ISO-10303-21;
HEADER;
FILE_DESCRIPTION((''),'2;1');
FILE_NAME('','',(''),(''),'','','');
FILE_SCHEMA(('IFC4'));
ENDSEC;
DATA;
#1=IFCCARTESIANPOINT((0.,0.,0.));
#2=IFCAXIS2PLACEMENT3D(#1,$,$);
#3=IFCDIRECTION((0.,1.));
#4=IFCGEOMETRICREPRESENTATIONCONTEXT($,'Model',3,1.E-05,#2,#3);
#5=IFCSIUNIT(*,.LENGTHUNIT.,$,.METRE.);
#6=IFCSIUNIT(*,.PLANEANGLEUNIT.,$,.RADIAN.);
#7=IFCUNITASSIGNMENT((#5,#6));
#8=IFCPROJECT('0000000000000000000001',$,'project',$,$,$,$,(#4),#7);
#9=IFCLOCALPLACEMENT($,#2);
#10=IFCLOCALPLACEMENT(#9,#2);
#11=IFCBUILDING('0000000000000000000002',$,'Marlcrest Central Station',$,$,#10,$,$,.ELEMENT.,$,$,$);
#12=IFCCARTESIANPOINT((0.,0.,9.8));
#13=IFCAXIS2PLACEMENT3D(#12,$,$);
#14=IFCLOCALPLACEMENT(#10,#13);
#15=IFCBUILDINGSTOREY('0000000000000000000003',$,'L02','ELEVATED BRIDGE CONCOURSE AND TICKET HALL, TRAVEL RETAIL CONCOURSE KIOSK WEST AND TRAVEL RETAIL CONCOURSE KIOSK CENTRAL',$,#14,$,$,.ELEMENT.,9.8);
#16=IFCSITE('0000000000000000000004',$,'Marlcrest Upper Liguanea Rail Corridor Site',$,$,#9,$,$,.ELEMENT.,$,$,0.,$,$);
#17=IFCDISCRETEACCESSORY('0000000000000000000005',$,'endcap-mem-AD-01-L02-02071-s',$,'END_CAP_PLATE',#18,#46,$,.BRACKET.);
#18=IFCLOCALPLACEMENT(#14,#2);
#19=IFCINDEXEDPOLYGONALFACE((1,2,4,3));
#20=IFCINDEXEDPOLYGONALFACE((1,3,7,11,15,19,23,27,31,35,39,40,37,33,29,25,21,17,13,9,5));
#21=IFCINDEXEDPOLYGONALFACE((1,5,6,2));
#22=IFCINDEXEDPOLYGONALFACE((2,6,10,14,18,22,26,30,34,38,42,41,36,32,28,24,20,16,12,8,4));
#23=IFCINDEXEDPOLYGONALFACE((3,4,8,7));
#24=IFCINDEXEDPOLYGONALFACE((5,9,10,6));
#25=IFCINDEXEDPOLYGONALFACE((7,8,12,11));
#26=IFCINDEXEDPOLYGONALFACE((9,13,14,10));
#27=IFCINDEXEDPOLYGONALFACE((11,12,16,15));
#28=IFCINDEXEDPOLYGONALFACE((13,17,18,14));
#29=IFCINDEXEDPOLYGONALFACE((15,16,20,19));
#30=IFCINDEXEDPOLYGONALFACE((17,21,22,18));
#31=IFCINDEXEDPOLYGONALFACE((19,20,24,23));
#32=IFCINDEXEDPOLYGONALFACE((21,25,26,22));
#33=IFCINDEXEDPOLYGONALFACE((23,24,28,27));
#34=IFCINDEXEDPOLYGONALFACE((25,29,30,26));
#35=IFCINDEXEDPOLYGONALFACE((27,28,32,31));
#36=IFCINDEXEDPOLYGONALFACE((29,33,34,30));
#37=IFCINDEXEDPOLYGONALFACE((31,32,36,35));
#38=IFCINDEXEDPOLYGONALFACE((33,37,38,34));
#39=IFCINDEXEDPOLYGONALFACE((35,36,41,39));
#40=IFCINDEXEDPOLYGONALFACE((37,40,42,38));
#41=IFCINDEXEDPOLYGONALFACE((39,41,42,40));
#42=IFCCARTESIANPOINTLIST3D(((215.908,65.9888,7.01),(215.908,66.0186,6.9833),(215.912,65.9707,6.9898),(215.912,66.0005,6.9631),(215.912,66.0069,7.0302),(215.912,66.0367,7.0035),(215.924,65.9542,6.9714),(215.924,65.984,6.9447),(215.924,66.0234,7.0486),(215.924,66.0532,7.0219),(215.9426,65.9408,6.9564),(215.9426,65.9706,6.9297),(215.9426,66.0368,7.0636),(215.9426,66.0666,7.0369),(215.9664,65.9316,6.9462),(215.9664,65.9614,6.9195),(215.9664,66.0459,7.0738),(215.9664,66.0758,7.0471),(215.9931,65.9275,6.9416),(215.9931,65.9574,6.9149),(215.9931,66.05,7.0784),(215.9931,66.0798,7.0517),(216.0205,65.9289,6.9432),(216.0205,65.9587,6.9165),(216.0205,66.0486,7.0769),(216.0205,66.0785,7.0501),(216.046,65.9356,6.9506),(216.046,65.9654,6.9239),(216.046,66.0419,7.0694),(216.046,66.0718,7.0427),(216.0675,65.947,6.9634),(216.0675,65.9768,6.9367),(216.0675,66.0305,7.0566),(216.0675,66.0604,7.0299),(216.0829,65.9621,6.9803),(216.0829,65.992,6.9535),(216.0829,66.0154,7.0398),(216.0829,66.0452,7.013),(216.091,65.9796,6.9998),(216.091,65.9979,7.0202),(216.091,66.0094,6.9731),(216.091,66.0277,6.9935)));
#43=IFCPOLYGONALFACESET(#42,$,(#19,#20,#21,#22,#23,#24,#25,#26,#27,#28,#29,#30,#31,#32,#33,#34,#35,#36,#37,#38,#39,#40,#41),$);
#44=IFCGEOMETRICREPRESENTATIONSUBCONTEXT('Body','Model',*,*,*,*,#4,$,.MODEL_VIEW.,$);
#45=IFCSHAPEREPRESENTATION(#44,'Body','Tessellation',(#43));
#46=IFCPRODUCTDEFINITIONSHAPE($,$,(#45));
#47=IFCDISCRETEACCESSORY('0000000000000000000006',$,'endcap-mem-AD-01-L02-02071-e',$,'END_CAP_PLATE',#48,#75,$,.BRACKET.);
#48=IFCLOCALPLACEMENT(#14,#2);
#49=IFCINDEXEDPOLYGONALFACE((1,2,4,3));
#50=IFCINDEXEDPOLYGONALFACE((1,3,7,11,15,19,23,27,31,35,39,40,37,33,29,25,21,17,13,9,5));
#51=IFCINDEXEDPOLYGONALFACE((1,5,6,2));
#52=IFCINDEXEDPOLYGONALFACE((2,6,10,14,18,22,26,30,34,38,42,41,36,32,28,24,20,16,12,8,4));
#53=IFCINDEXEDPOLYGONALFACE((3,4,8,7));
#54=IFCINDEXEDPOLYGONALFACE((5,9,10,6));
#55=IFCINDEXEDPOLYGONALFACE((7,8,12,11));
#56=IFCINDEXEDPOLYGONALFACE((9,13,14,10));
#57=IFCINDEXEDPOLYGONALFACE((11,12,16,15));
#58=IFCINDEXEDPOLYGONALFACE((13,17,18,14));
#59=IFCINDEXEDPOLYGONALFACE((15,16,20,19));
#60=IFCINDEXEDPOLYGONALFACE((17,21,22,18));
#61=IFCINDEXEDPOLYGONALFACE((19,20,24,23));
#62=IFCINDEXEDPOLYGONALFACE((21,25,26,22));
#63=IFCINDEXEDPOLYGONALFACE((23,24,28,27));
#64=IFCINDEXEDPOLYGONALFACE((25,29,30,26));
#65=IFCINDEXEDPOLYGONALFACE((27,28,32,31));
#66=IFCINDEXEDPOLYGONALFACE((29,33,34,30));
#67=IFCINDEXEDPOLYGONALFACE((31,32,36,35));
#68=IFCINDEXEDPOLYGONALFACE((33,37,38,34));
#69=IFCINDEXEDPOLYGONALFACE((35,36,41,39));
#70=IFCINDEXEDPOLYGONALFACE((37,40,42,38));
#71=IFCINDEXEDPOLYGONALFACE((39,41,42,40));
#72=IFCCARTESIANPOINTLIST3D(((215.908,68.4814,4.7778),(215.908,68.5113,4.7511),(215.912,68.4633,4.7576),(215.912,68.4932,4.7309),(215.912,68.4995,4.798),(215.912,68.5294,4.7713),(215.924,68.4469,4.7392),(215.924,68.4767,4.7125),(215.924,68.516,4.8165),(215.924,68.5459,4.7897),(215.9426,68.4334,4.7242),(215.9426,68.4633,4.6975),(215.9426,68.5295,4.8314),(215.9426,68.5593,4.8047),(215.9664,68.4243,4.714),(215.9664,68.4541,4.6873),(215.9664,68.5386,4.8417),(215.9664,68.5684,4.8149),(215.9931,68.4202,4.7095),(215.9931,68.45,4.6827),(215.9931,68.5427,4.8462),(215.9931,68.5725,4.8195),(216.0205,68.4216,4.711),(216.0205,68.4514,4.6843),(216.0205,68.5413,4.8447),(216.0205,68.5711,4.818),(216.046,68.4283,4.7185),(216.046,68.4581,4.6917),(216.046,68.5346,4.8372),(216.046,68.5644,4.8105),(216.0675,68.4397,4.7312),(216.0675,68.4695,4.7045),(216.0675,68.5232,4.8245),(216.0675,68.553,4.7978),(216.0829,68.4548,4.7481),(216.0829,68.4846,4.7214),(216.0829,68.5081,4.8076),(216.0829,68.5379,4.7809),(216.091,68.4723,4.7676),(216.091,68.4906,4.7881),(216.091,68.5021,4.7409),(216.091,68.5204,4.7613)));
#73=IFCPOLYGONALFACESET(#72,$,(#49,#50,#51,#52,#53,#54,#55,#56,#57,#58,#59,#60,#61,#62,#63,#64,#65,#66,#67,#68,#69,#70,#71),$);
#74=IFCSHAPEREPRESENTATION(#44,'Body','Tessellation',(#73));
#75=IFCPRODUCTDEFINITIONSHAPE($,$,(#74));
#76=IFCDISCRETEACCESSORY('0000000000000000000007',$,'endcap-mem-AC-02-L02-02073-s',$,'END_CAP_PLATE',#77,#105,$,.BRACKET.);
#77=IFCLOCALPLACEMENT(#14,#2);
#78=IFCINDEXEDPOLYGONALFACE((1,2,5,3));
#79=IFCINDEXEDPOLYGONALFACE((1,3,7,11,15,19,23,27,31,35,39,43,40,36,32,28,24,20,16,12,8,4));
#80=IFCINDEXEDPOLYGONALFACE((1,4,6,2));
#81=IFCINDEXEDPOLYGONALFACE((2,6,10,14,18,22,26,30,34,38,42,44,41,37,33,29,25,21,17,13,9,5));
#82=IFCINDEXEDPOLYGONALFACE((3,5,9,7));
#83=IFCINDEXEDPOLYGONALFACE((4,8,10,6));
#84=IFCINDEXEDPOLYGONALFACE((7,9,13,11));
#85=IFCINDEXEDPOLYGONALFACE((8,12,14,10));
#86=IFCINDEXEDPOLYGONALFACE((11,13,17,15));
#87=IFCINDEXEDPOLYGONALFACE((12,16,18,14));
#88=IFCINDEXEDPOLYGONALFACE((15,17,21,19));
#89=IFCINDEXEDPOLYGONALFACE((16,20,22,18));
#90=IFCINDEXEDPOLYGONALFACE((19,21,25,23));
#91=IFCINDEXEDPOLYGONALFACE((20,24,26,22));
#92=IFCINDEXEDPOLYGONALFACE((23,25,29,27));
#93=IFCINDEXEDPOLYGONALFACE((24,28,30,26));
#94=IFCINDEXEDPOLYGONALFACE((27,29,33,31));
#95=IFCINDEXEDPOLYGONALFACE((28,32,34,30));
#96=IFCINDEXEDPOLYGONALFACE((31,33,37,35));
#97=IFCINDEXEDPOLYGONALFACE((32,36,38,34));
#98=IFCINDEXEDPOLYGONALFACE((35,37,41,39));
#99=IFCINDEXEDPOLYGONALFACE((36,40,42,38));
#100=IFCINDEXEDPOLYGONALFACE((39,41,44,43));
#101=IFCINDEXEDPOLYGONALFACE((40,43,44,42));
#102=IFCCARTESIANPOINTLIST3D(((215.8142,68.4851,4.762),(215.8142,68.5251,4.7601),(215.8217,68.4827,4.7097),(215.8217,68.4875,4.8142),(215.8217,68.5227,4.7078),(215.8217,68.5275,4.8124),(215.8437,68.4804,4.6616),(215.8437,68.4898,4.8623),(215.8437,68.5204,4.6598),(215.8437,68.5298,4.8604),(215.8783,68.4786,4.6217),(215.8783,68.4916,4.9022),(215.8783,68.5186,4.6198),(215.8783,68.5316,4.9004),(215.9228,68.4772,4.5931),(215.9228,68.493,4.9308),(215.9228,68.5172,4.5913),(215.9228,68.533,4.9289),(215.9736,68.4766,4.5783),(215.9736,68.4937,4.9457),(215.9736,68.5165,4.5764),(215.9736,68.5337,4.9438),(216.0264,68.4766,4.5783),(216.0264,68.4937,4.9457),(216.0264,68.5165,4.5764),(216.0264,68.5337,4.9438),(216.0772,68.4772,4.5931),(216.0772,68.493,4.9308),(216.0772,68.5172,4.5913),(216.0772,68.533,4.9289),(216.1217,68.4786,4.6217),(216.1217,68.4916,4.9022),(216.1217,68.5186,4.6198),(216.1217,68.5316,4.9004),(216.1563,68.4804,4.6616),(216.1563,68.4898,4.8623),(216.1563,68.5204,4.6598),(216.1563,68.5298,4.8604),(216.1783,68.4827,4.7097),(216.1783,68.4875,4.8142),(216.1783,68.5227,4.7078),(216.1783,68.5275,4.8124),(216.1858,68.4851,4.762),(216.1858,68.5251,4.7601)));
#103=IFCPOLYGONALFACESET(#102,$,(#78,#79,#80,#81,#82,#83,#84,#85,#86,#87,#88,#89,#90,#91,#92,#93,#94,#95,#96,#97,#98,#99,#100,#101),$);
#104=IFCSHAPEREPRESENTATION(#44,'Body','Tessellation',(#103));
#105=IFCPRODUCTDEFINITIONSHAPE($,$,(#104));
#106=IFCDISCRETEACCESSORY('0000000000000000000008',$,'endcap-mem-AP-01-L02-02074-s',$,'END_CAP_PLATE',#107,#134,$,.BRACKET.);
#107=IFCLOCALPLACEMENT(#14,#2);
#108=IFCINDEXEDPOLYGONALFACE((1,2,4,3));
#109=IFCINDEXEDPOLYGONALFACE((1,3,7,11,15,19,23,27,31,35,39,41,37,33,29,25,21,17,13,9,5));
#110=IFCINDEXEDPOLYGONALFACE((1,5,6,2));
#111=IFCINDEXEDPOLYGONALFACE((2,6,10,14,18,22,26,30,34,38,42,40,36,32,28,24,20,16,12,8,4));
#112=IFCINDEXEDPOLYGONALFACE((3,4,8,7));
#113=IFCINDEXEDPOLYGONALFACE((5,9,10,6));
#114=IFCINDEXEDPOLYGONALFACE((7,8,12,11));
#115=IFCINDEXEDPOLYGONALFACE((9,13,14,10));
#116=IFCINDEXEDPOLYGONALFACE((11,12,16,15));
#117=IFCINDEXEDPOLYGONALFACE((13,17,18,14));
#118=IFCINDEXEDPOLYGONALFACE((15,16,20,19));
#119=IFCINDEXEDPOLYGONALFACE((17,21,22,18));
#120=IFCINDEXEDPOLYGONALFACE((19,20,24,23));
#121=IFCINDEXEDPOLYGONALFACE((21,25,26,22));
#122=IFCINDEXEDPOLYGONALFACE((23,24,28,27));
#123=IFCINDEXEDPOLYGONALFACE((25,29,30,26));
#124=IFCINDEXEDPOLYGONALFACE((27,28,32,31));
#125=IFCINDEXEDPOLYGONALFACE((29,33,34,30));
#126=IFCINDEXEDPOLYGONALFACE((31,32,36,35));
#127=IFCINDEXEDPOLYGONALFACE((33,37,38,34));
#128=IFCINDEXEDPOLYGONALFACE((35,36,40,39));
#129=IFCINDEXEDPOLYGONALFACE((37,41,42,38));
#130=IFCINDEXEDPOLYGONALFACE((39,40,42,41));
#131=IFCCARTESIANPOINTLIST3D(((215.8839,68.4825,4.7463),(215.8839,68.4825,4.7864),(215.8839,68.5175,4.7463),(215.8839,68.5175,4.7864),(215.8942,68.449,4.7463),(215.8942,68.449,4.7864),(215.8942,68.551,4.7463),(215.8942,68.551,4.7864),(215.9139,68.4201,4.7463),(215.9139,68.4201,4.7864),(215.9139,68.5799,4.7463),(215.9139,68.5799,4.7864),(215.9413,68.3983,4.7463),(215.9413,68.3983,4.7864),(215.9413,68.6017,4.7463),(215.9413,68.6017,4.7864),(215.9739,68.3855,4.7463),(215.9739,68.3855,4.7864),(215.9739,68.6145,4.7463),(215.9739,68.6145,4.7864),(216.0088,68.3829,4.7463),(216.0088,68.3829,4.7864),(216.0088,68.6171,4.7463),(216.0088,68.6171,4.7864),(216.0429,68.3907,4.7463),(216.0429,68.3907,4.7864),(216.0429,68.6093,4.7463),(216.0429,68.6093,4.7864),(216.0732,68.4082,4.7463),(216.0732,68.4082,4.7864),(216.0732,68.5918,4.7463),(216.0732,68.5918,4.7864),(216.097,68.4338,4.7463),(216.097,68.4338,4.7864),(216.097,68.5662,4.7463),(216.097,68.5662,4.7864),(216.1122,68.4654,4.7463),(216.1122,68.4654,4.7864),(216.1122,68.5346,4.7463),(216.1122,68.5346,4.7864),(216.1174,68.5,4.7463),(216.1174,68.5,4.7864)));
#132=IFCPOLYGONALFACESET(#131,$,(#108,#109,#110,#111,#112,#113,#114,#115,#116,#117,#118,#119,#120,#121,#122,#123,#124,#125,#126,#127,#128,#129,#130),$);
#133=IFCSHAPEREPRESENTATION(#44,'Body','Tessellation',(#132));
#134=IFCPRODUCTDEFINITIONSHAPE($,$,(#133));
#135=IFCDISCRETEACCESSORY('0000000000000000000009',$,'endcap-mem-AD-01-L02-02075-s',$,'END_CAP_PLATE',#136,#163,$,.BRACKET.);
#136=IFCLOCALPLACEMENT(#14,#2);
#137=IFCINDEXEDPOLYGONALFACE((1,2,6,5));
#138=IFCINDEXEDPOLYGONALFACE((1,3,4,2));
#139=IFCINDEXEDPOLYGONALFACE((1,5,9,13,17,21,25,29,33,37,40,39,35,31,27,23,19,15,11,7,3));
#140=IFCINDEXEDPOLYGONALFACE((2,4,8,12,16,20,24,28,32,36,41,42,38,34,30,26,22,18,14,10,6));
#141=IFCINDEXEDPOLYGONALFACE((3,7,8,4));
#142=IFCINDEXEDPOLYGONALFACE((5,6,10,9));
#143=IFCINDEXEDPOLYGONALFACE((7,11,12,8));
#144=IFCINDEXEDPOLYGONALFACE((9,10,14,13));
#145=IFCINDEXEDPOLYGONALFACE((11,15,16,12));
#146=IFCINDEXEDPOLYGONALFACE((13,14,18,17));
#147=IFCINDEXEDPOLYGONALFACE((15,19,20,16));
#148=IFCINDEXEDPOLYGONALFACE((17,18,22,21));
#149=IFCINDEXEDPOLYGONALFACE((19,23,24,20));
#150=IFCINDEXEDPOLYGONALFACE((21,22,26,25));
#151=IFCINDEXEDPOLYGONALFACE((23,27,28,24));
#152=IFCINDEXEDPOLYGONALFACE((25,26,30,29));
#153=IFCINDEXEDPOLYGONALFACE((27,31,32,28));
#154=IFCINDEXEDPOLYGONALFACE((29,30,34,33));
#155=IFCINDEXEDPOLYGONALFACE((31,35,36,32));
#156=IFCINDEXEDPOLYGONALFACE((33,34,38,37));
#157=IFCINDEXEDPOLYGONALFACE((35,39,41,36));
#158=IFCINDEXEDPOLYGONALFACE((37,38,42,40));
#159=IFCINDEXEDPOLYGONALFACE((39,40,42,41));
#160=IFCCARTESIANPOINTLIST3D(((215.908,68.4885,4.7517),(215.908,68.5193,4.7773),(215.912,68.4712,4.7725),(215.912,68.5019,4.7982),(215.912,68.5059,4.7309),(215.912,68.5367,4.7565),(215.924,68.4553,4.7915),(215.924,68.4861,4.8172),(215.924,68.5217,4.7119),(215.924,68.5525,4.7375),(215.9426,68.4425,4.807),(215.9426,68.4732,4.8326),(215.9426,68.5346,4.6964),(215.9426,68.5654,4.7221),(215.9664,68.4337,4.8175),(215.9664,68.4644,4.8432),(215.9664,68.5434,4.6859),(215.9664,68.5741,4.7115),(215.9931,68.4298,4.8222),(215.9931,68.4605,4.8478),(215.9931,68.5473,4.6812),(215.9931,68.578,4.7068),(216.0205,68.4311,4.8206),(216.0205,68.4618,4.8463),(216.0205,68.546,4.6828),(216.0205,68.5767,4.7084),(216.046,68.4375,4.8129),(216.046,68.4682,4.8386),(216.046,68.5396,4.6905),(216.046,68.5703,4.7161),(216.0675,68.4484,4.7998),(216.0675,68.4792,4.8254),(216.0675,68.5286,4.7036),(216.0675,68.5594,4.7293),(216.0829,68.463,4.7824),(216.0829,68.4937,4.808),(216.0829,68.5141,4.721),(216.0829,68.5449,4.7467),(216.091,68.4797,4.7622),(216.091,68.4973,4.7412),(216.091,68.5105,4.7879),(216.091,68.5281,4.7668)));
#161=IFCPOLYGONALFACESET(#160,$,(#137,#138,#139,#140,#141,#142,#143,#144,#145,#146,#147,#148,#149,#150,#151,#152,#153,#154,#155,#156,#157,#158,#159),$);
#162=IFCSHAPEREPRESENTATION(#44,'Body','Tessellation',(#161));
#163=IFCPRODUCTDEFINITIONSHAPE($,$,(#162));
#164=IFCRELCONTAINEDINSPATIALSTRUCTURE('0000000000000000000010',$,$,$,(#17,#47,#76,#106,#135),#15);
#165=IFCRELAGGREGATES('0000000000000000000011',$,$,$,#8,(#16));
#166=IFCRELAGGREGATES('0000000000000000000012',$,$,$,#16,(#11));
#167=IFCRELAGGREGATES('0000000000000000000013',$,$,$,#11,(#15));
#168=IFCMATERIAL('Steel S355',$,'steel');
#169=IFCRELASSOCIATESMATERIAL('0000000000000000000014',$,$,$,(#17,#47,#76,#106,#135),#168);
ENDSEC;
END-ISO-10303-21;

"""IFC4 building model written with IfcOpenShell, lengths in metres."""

from ifc_helpers import new_model, si_unit, direction, frame, origin, origin_2d, place, context, subcontext, project, spatial, circle, extrude, material, element, save


model = new_model("IFC4")

# Units and contexts
model_context = context("Model", 3, precision=1e-05, world=origin(), true_north=direction((0.0, 1.0)))
body_context = subcontext(model_context, "Body", "Model", "MODEL_VIEW")
ifc_project = project(units=[si_unit("LENGTHUNIT", "METRE"), si_unit("PLANEANGLEUNIT", "RADIAN")], contexts=[model_context])

# Site, building, storey
site_placement = place(None, origin())
site = spatial("IfcSite", under=ifc_project, at=site_placement, Name="Marlcrest Upper Liguanea Rail Corridor Site", CompositionType="ELEMENT", RefElevation=0.0)
building_placement = place(site_placement, origin())
building = spatial("IfcBuilding", under=site, at=building_placement, Name="Marlcrest Central Station", CompositionType="ELEMENT")
storey_placement = place(building_placement, frame((0.0, 0.0, 9.8)))
storey = spatial("IfcBuildingStorey", under=building, at=storey_placement, Name="L02", Description="ELEVATED BRIDGE CONCOURSE AND TICKET HALL, TRAVEL RETAIL CONCOURSE KIOSK WEST AND TRAVEL RETAIL CONCOURSE KIOSK CENTRAL", CompositionType="ELEMENT", Elevation=9.8)

# Shared definitions
ifc_material = material(Name="Steel S355", Category="steel")

# Discrete accessories
for number, where, z_axis, x_axis, name in (
    (1, (216.0, 65.9888, 7.01), (0.0, 0.744956, -0.667114), (-1.0, 0.0, 0.0), "endcap-mem-AD-01-L02-02071-s"),
    (2, (216.0, 68.4814, 4.7778), (0.0, 0.744956, -0.667114), (-1.0, 0.0, 0.0), "endcap-mem-AD-01-L02-02071-e"),
):
    element("IfcDiscreteAccessory", number, at=place(storey_placement, frame(where, z_axis=z_axis, x_axis=x_axis)), inside=storey, material=ifc_material, Name=name, ObjectType="END_CAP_PLATE", PredefinedType="BRACKET", context=body_context, shape_type="SweptSolid", body=[
        extrude(circle(Radius=0.092, at=origin_2d()), origin(), (0.0, 0.0, 1.0), 0.04),
    ])
discrete_accessory_1_placement = place(storey_placement, frame((216.0, 68.4851, 4.762), z_axis=(0.0, 0.998917, -0.046532), x_axis=(-1.0, 0.0, 0.0)))
element("IfcDiscreteAccessory", 3, at=discrete_accessory_1_placement, inside=storey, material=ifc_material, Name="endcap-mem-AC-02-L02-02073-s", ObjectType="END_CAP_PLATE", PredefinedType="BRACKET", context=body_context, shape_type="SweptSolid", body=[
    extrude(circle(Radius=0.1858, at=origin_2d()), origin(), (0.0, 0.0, 1.0), 0.04),
])
discrete_accessory_2_placement = place(storey_placement, frame((216.0, 68.5, 4.7463), z_axis=(0.0, 0.0, 1.0), x_axis=(1.0, 0.0, 0.0)))
element("IfcDiscreteAccessory", 4, at=discrete_accessory_2_placement, inside=storey, material=ifc_material, Name="endcap-mem-AP-01-L02-02074-s", ObjectType="END_CAP_PLATE", PredefinedType="BRACKET", context=body_context, shape_type="SweptSolid", body=[
    extrude(circle(Radius=0.1174, at=origin_2d()), origin(), (0.0, 0.0, 1.0), 0.04),
])
discrete_accessory_3_placement = place(storey_placement, frame((216.0, 68.4885, 4.7517), z_axis=(0.0, 0.76816, 0.640258), x_axis=(-1.0, 0.0, 0.0)))
element("IfcDiscreteAccessory", 5, at=discrete_accessory_3_placement, inside=storey, material=ifc_material, Name="endcap-mem-AD-01-L02-02075-s", ObjectType="END_CAP_PLATE", PredefinedType="BRACKET", context=body_context, shape_type="SweptSolid", body=[
    extrude(circle(Radius=0.092, at=origin_2d()), origin(), (0.0, 0.0, 1.0), 0.04),
])

save(model, "model.ifc")
